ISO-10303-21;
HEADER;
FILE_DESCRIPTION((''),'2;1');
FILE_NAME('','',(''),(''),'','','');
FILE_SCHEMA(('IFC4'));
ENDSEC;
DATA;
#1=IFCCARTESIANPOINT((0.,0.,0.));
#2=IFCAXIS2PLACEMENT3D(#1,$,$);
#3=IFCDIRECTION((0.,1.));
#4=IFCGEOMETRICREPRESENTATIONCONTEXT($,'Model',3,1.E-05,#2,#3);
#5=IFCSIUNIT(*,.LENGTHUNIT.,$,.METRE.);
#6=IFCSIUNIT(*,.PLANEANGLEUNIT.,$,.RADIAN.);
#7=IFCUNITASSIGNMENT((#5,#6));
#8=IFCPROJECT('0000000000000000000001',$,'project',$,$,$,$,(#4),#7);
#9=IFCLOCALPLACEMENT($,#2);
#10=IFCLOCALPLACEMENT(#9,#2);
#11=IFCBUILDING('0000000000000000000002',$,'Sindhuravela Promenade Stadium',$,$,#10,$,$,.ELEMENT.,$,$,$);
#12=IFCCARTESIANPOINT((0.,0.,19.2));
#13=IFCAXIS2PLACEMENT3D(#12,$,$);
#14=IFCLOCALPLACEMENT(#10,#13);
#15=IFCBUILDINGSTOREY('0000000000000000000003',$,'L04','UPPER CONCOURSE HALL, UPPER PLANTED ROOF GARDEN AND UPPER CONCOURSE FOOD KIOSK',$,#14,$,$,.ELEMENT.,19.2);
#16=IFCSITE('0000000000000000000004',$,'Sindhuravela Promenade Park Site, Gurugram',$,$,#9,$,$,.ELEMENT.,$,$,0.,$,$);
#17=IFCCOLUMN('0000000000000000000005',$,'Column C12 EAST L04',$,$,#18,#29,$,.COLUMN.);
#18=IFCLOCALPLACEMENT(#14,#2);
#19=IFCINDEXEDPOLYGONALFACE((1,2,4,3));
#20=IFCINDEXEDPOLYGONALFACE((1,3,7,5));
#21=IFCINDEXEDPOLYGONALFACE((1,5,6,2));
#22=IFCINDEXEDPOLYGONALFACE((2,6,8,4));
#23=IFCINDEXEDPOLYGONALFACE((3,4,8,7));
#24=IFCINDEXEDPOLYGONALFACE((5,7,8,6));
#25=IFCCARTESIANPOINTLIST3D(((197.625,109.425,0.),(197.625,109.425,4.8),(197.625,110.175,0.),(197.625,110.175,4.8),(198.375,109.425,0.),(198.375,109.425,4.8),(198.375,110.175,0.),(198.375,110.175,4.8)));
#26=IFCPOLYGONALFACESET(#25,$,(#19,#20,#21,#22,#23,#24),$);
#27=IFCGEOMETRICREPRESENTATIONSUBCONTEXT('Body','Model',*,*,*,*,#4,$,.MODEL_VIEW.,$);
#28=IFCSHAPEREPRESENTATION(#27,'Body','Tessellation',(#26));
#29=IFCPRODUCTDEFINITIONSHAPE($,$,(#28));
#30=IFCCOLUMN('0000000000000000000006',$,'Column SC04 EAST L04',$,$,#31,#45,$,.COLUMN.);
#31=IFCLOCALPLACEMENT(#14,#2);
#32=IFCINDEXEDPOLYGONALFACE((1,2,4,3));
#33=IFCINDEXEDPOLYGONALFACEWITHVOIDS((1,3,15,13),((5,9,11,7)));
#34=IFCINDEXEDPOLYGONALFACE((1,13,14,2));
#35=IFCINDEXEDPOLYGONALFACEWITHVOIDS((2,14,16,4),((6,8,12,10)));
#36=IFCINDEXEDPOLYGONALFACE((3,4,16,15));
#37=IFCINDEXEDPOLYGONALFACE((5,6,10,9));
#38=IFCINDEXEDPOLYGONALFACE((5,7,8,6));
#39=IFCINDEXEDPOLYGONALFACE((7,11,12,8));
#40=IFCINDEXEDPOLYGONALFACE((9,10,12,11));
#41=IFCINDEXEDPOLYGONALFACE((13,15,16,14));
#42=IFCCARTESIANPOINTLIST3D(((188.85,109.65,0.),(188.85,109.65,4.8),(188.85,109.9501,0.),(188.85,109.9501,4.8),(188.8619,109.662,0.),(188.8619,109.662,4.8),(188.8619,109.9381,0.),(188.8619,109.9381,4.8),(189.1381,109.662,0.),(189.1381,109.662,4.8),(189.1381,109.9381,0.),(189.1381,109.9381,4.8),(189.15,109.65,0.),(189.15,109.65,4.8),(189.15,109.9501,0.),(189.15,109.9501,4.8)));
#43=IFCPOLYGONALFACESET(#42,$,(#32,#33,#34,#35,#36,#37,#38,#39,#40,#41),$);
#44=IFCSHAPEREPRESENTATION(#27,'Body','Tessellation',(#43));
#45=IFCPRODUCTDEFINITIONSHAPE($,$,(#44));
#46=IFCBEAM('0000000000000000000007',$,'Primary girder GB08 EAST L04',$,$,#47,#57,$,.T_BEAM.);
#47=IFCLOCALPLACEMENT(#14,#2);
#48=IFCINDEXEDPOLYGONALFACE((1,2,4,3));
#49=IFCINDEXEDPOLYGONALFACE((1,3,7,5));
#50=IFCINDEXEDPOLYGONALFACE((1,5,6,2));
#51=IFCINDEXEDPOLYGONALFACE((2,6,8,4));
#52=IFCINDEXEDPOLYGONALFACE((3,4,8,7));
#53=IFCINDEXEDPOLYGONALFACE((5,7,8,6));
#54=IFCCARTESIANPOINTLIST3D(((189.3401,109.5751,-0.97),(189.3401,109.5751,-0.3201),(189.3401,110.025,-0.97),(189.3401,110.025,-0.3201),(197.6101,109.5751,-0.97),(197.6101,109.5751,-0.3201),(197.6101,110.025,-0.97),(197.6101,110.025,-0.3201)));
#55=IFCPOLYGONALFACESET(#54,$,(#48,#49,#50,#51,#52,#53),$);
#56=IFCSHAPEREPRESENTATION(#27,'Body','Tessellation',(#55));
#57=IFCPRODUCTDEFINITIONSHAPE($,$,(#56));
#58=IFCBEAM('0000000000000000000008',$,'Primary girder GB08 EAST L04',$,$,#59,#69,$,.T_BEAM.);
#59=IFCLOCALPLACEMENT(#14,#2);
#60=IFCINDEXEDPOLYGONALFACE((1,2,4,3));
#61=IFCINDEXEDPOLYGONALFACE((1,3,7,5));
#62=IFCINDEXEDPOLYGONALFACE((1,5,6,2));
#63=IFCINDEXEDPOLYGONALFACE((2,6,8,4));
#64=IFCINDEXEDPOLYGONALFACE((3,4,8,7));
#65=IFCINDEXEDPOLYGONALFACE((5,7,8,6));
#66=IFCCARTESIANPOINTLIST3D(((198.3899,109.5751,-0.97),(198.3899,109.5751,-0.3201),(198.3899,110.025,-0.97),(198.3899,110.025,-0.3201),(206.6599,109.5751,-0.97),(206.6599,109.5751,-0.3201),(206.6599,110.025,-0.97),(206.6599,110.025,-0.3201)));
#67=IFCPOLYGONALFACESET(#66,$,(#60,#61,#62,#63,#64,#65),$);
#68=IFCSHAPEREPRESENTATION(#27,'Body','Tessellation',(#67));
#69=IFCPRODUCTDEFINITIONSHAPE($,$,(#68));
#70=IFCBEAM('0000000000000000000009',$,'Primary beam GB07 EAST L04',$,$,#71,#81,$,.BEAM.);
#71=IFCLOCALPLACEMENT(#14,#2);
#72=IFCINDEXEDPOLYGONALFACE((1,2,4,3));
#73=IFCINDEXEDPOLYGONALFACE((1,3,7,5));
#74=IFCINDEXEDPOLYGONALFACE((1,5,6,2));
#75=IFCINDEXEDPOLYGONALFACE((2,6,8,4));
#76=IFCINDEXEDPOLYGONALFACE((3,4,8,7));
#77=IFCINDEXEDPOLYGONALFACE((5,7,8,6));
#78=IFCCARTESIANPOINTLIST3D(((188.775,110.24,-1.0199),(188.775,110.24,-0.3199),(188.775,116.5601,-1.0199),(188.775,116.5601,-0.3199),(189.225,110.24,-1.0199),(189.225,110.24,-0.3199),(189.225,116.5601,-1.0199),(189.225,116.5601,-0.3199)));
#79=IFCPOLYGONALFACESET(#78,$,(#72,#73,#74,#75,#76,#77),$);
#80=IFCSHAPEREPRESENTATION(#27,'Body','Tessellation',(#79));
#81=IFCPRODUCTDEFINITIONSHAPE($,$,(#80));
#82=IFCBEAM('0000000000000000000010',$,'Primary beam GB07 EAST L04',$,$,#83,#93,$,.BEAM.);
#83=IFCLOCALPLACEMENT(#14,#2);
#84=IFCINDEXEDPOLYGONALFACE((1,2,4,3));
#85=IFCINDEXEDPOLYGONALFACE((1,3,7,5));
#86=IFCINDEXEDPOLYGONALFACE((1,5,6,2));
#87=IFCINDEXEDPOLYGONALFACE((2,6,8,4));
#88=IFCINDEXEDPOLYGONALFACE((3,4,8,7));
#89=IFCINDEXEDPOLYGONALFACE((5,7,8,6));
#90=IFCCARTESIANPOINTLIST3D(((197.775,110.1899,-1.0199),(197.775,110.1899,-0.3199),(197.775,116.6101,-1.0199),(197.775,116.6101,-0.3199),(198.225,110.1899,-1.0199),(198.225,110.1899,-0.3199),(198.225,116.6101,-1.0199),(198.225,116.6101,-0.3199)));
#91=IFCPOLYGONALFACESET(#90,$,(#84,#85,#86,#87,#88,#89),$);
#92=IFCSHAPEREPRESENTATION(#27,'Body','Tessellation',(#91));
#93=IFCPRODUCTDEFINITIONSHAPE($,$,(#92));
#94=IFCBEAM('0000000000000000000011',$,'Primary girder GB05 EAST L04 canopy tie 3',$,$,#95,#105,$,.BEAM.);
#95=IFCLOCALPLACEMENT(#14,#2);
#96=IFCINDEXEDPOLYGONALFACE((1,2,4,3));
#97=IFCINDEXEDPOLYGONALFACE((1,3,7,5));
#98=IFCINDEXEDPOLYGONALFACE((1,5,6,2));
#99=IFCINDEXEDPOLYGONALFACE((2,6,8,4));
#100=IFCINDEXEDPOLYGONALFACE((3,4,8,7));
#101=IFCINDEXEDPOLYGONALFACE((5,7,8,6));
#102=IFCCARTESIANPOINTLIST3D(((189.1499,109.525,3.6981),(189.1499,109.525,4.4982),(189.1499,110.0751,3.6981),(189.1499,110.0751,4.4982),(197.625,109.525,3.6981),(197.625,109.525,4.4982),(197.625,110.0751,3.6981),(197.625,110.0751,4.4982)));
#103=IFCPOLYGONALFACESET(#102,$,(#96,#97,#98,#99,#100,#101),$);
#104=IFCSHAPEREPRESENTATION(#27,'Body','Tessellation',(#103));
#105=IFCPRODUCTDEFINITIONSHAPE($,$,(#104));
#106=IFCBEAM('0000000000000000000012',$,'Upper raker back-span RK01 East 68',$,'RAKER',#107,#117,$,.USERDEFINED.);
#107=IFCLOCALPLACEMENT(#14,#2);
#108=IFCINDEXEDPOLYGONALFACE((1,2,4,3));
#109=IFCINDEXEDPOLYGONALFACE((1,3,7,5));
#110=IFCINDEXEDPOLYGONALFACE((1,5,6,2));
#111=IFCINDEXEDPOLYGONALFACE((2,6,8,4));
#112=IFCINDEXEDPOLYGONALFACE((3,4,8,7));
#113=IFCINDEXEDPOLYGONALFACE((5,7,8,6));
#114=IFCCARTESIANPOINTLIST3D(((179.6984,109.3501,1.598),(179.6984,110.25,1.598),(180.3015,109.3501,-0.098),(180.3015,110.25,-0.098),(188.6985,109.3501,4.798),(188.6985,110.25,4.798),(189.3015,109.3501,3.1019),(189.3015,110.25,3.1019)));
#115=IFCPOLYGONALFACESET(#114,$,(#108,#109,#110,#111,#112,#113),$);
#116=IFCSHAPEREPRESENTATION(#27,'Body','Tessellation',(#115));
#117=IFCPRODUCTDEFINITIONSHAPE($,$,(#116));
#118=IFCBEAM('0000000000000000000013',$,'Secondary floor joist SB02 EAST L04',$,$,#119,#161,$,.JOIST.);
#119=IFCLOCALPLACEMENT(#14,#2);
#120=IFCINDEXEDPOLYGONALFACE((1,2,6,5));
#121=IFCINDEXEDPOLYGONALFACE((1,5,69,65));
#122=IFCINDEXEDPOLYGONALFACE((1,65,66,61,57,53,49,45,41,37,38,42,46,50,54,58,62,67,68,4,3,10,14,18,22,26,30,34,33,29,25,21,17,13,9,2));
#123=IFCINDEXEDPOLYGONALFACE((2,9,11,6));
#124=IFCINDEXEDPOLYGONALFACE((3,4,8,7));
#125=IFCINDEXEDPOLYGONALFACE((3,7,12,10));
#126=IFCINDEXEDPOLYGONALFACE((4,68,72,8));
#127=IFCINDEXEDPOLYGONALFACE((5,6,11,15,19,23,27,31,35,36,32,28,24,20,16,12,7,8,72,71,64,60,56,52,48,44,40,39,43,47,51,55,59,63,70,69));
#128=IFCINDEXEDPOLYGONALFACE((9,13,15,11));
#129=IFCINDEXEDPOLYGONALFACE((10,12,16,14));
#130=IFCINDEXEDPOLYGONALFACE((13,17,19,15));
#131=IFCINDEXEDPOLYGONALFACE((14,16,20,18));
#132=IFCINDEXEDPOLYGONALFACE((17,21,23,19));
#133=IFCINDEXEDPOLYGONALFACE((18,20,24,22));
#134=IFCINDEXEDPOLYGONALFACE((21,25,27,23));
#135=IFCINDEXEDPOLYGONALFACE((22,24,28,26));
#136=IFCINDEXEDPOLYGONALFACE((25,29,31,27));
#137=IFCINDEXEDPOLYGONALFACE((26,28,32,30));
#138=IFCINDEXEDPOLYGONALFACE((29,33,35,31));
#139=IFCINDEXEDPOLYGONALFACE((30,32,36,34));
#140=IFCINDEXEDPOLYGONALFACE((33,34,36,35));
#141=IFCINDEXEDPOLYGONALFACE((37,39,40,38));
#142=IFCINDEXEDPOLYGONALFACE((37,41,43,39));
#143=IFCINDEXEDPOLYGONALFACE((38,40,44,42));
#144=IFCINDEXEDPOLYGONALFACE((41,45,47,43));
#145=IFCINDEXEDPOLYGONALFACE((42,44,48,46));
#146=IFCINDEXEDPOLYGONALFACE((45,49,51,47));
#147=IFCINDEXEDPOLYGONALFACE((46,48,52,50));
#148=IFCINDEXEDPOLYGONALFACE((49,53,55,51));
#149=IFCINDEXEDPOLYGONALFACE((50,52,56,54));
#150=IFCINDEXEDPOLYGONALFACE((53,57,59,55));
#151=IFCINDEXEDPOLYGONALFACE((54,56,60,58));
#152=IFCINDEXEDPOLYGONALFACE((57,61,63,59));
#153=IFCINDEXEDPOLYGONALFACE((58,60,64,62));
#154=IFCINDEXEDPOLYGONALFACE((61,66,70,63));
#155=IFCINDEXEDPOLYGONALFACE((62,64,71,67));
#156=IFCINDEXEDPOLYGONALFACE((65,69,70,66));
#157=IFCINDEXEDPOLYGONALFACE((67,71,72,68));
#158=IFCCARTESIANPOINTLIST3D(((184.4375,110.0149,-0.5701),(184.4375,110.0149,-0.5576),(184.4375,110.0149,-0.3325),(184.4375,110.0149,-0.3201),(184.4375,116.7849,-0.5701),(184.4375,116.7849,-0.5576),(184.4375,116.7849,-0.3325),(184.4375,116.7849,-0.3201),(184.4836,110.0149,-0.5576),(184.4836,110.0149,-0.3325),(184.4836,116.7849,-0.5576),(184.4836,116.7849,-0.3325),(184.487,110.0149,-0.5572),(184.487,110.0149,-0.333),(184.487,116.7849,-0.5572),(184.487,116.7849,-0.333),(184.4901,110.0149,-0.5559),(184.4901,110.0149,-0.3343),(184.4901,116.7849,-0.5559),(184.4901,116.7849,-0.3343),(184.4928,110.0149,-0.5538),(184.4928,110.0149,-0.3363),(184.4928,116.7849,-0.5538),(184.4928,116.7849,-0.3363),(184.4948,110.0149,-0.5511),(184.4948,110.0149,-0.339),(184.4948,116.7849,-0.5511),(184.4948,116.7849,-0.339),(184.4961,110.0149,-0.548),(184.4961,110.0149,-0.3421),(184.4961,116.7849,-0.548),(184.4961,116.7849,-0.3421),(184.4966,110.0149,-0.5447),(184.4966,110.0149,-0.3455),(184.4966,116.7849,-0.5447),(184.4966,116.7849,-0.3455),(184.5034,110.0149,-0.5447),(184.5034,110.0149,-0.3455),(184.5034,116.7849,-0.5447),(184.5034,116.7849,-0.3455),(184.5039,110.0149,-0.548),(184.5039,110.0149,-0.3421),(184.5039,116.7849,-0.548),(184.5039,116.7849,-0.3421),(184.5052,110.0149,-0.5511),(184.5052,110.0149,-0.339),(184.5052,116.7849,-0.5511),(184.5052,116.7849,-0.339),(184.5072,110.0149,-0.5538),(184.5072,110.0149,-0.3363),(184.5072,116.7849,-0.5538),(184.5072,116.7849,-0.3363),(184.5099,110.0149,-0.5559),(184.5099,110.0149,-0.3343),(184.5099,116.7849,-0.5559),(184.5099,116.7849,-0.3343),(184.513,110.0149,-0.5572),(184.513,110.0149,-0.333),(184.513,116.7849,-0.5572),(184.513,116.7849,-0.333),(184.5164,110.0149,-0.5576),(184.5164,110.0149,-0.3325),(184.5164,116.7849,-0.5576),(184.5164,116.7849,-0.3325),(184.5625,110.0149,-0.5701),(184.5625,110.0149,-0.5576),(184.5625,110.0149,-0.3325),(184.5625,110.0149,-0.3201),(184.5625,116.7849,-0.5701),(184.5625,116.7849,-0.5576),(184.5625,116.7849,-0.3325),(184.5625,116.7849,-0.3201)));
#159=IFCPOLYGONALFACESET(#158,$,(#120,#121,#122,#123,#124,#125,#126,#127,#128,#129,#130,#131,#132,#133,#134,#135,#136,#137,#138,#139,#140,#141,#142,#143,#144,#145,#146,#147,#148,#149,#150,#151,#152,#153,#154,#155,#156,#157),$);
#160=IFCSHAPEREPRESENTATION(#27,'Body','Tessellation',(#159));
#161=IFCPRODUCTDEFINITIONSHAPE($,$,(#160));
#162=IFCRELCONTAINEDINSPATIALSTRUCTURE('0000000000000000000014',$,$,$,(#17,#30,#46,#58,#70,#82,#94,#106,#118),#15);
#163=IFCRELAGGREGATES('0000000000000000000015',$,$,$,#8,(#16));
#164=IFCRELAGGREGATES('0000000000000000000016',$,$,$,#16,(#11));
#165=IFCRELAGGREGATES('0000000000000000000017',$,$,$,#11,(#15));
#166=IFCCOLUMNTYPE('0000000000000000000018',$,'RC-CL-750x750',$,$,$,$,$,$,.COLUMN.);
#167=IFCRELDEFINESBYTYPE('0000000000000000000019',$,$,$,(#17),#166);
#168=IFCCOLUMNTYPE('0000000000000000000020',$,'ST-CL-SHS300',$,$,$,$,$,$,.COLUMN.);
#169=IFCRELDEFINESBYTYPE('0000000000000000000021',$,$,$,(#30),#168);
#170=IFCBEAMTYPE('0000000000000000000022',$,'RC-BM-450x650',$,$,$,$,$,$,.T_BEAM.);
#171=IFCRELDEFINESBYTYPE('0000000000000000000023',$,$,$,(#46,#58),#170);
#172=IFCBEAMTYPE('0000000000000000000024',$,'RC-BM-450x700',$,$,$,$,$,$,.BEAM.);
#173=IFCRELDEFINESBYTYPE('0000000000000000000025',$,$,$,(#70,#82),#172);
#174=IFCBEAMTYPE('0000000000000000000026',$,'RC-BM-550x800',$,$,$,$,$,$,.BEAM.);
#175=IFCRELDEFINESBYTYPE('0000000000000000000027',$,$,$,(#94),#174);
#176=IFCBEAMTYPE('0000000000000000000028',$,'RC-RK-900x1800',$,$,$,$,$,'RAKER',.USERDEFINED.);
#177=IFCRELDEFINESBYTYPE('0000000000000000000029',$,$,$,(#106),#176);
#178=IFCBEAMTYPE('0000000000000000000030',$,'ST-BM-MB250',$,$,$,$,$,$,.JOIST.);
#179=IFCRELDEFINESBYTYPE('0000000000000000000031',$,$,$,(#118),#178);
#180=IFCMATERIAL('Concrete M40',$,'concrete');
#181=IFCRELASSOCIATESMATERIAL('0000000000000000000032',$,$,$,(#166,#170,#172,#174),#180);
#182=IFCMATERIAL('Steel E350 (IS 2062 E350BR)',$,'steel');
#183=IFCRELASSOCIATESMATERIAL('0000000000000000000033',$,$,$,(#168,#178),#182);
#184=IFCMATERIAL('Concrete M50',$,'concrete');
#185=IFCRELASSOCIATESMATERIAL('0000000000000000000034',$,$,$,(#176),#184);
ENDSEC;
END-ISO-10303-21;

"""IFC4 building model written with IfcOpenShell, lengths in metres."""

from ifc_helpers import new_model, si_unit, direction, frame, origin, origin_2d, place, context, subcontext, project, spatial, rectangle, hollow_rectangle, i_section, extrude, material, material_profile, profile_set, type_object, element, save


model = new_model("IFC4")

# Units and contexts
model_context = context("Model", 3, precision=1e-05, world=origin(), true_north=direction((0.0, 1.0)))
body_context = subcontext(model_context, "Body", "Model", "MODEL_VIEW")
ifc_project = project(units=[si_unit("LENGTHUNIT", "METRE"), si_unit("PLANEANGLEUNIT", "RADIAN")], contexts=[model_context])

# Site, building, storey
site_placement = place(None, origin())
site = spatial("IfcSite", under=ifc_project, at=site_placement, Name="Sindhuravela Promenade Park Site, Gurugram", CompositionType="ELEMENT", RefElevation=0.0)
building_placement = place(site_placement, origin())
building = spatial("IfcBuilding", under=site, at=building_placement, Name="Sindhuravela Promenade Stadium", CompositionType="ELEMENT")
storey_placement = place(building_placement, frame((0.0, 0.0, 19.2)))
storey = spatial("IfcBuildingStorey", under=building, at=storey_placement, Name="L04", Description="UPPER CONCOURSE HALL, UPPER PLANTED ROOF GARDEN AND UPPER CONCOURSE FOOD KIOSK", CompositionType="ELEMENT", Elevation=19.2)

# Columns
ifc_material_1 = material(Name="Concrete M40", Category="concrete")
ifc_material_profile_1 = material_profile(ifc_material_1, rectangle(XDim=0.75, YDim=0.75, at=origin_2d()), Name="RC 750x750")
ifc_profile_set_1 = profile_set([ifc_material_profile_1], Name="Concrete M40")
column_type_1 = type_object("IfcColumnType", Name="RC-CL-750x750", PredefinedType="COLUMN", material=ifc_profile_set_1)
column_1_placement = place(storey_placement, frame((198.0, 109.8, 0.0), z_axis=(0.0, 0.0, 1.0), x_axis=(1.0, 0.0, 0.0)))
element("IfcColumn", 1, at=column_1_placement, inside=storey, type_object=column_type_1, Name="Column C12 EAST L04", PredefinedType="COLUMN", context=body_context, shape_type="SweptSolid", body=[
    extrude(rectangle(XDim=0.75, YDim=0.75, at=origin_2d()), origin(), (0.0, 0.0, 1.0), 4.8),
])
ifc_material_2 = material(Name="Steel E350 (IS 2062 E350BR)", Category="steel")
ifc_material_profile_2 = material_profile(ifc_material_2, hollow_rectangle(XDim=0.3, YDim=0.3, WallThickness=0.012, at=origin_2d()), Name="SHS 300x300x12")
ifc_profile_set_2 = profile_set([ifc_material_profile_2], Name="Steel E350 (IS 2062 E350BR)")
column_type_2 = type_object("IfcColumnType", Name="ST-CL-SHS300", PredefinedType="COLUMN", material=ifc_profile_set_2)
column_2_placement = place(storey_placement, frame((189.0, 109.8, 0.0), z_axis=(0.0, 0.0, 1.0), x_axis=(1.0, 0.0, 0.0)))
element("IfcColumn", 2, at=column_2_placement, inside=storey, type_object=column_type_2, Name="Column SC04 EAST L04", PredefinedType="COLUMN", context=body_context, shape_type="SweptSolid", body=[
    extrude(hollow_rectangle(XDim=0.3, YDim=0.3, WallThickness=0.012, at=origin_2d()), origin(), (0.0, 0.0, 1.0), 4.8),
])

# Beams
ifc_material_profile_3 = material_profile(ifc_material_1, rectangle(XDim=0.45, YDim=0.6499, at=origin_2d()), Name="RC 450x650")
ifc_profile_set_3 = profile_set([ifc_material_profile_3], Name="Concrete M40")
beam_type_1 = type_object("IfcBeamType", Name="RC-BM-450x650", PredefinedType="T_BEAM", material=ifc_profile_set_3)
for number, where, z_axis, x_axis, name in (
    (3, (189.3401, 109.8, -0.645), (1.0, 0.0, 0.0), (0.0, 1.0, 0.0), "Primary girder GB08 EAST L04"),
    (4, (198.3899, 109.8, -0.645), (1.0, 0.0, 0.0), (0.0, 1.0, 0.0), "Primary girder GB08 EAST L04"),
):
    element("IfcBeam", number, at=place(storey_placement, frame(where, z_axis=z_axis, x_axis=x_axis)), inside=storey, type_object=beam_type_1, Name=name, PredefinedType="T_BEAM", context=body_context, shape_type="SweptSolid", body=[
        extrude(rectangle(XDim=0.45, YDim=0.6499, at=origin_2d()), origin(), (0.0, 0.0, 1.0), 8.27),
    ])
ifc_material_profile_4 = material_profile(ifc_material_1, rectangle(XDim=0.45, YDim=0.7, at=origin_2d()), Name="RC 450x700")
ifc_profile_set_4 = profile_set([ifc_material_profile_4], Name="Concrete M40")
beam_type_2 = type_object("IfcBeamType", Name="RC-BM-450x700", PredefinedType="BEAM", material=ifc_profile_set_4)
beam_1_placement = place(storey_placement, frame((189.0, 110.24, -0.6699), z_axis=(0.0, 1.0, 0.0), x_axis=(-1.0, 0.0, 0.0)))
element("IfcBeam", 5, at=beam_1_placement, inside=storey, type_object=beam_type_2, Name="Primary beam GB07 EAST L04", PredefinedType="BEAM", context=body_context, shape_type="SweptSolid", body=[
    extrude(rectangle(XDim=0.45, YDim=0.7, at=origin_2d()), origin(), (0.0, 0.0, 1.0), 6.3201),
])
beam_2_placement = place(storey_placement, frame((198.0, 110.1899, -0.6699), z_axis=(0.0, 1.0, 0.0), x_axis=(-1.0, 0.0, 0.0)))
element("IfcBeam", 6, at=beam_2_placement, inside=storey, type_object=beam_type_2, Name="Primary beam GB07 EAST L04", PredefinedType="BEAM", context=body_context, shape_type="SweptSolid", body=[
    extrude(rectangle(XDim=0.45, YDim=0.7, at=origin_2d()), origin(), (0.0, 0.0, 1.0), 6.4202),
])
ifc_material_profile_5 = material_profile(ifc_material_1, rectangle(XDim=0.55, YDim=0.8, at=origin_2d()), Name="RC 550x800")
ifc_profile_set_5 = profile_set([ifc_material_profile_5], Name="Concrete M40")
beam_type_3 = type_object("IfcBeamType", Name="RC-BM-550x800", PredefinedType="BEAM", material=ifc_profile_set_5)
beam_3_placement = place(storey_placement, frame((189.1499, 109.8, 4.0981), z_axis=(1.0, 0.0, 0.0), x_axis=(0.0, 1.0, 0.0)))
element("IfcBeam", 7, at=beam_3_placement, inside=storey, type_object=beam_type_3, Name="Primary girder GB05 EAST L04 canopy tie 3", PredefinedType="BEAM", context=body_context, shape_type="SweptSolid", body=[
    extrude(rectangle(XDim=0.55, YDim=0.8, at=origin_2d()), origin(), (0.0, 0.0, 1.0), 8.4751),
])
ifc_material_3 = material(Name="Concrete M50", Category="concrete")
ifc_material_profile_6 = material_profile(ifc_material_3, rectangle(XDim=0.8999, YDim=1.8, at=origin_2d()), Name="RC 900x1800")
ifc_profile_set_6 = profile_set([ifc_material_profile_6], Name="Concrete M50")
beam_type_4 = type_object("IfcBeamType", Name="RC-RK-900x1800", ElementType="RAKER", PredefinedType="USERDEFINED", material=ifc_profile_set_6)
beam_4_placement = place(storey_placement, frame((189.0, 109.8, 3.95), z_axis=(-0.942216, 0.0, -0.335005), x_axis=(0.0, -1.0, 0.0)))
element("IfcBeam", 8, at=beam_4_placement, inside=storey, type_object=beam_type_4, Name="Upper raker back-span RK01 East 68", ObjectType="RAKER", PredefinedType="USERDEFINED", context=body_context, shape_type="SweptSolid", body=[
    extrude(rectangle(XDim=0.8999, YDim=1.8, at=origin_2d()), origin(), (0.0, 0.0, 1.0), 9.552),
])
ifc_material_profile_7 = material_profile(ifc_material_2, i_section(OverallWidth=0.125, OverallDepth=0.25, WebThickness=0.0068, FlangeThickness=0.0125, FilletRadius=0.0129, at=origin_2d()), Name="ISMB 250")
ifc_profile_set_7 = profile_set([ifc_material_profile_7], Name="Steel E350 (IS 2062 E350BR)")
beam_type_5 = type_object("IfcBeamType", Name="ST-BM-MB250", PredefinedType="JOIST", material=ifc_profile_set_7)
beam_5_placement = place(storey_placement, frame((184.5, 110.0149, -0.4451), z_axis=(0.0, 1.0, 0.0), x_axis=(-1.0, 0.0, 0.0)))
element("IfcBeam", 9, at=beam_5_placement, inside=storey, type_object=beam_type_5, Name="Secondary floor joist SB02 EAST L04", PredefinedType="JOIST", context=body_context, shape_type="SweptSolid", body=[
    extrude(i_section(OverallWidth=0.125, OverallDepth=0.25, WebThickness=0.0068, FlangeThickness=0.0125, FilletRadius=0.0129, at=origin_2d()), origin(), (0.0, 0.0, 1.0), 6.77),
])

save(model, "model.ifc")
